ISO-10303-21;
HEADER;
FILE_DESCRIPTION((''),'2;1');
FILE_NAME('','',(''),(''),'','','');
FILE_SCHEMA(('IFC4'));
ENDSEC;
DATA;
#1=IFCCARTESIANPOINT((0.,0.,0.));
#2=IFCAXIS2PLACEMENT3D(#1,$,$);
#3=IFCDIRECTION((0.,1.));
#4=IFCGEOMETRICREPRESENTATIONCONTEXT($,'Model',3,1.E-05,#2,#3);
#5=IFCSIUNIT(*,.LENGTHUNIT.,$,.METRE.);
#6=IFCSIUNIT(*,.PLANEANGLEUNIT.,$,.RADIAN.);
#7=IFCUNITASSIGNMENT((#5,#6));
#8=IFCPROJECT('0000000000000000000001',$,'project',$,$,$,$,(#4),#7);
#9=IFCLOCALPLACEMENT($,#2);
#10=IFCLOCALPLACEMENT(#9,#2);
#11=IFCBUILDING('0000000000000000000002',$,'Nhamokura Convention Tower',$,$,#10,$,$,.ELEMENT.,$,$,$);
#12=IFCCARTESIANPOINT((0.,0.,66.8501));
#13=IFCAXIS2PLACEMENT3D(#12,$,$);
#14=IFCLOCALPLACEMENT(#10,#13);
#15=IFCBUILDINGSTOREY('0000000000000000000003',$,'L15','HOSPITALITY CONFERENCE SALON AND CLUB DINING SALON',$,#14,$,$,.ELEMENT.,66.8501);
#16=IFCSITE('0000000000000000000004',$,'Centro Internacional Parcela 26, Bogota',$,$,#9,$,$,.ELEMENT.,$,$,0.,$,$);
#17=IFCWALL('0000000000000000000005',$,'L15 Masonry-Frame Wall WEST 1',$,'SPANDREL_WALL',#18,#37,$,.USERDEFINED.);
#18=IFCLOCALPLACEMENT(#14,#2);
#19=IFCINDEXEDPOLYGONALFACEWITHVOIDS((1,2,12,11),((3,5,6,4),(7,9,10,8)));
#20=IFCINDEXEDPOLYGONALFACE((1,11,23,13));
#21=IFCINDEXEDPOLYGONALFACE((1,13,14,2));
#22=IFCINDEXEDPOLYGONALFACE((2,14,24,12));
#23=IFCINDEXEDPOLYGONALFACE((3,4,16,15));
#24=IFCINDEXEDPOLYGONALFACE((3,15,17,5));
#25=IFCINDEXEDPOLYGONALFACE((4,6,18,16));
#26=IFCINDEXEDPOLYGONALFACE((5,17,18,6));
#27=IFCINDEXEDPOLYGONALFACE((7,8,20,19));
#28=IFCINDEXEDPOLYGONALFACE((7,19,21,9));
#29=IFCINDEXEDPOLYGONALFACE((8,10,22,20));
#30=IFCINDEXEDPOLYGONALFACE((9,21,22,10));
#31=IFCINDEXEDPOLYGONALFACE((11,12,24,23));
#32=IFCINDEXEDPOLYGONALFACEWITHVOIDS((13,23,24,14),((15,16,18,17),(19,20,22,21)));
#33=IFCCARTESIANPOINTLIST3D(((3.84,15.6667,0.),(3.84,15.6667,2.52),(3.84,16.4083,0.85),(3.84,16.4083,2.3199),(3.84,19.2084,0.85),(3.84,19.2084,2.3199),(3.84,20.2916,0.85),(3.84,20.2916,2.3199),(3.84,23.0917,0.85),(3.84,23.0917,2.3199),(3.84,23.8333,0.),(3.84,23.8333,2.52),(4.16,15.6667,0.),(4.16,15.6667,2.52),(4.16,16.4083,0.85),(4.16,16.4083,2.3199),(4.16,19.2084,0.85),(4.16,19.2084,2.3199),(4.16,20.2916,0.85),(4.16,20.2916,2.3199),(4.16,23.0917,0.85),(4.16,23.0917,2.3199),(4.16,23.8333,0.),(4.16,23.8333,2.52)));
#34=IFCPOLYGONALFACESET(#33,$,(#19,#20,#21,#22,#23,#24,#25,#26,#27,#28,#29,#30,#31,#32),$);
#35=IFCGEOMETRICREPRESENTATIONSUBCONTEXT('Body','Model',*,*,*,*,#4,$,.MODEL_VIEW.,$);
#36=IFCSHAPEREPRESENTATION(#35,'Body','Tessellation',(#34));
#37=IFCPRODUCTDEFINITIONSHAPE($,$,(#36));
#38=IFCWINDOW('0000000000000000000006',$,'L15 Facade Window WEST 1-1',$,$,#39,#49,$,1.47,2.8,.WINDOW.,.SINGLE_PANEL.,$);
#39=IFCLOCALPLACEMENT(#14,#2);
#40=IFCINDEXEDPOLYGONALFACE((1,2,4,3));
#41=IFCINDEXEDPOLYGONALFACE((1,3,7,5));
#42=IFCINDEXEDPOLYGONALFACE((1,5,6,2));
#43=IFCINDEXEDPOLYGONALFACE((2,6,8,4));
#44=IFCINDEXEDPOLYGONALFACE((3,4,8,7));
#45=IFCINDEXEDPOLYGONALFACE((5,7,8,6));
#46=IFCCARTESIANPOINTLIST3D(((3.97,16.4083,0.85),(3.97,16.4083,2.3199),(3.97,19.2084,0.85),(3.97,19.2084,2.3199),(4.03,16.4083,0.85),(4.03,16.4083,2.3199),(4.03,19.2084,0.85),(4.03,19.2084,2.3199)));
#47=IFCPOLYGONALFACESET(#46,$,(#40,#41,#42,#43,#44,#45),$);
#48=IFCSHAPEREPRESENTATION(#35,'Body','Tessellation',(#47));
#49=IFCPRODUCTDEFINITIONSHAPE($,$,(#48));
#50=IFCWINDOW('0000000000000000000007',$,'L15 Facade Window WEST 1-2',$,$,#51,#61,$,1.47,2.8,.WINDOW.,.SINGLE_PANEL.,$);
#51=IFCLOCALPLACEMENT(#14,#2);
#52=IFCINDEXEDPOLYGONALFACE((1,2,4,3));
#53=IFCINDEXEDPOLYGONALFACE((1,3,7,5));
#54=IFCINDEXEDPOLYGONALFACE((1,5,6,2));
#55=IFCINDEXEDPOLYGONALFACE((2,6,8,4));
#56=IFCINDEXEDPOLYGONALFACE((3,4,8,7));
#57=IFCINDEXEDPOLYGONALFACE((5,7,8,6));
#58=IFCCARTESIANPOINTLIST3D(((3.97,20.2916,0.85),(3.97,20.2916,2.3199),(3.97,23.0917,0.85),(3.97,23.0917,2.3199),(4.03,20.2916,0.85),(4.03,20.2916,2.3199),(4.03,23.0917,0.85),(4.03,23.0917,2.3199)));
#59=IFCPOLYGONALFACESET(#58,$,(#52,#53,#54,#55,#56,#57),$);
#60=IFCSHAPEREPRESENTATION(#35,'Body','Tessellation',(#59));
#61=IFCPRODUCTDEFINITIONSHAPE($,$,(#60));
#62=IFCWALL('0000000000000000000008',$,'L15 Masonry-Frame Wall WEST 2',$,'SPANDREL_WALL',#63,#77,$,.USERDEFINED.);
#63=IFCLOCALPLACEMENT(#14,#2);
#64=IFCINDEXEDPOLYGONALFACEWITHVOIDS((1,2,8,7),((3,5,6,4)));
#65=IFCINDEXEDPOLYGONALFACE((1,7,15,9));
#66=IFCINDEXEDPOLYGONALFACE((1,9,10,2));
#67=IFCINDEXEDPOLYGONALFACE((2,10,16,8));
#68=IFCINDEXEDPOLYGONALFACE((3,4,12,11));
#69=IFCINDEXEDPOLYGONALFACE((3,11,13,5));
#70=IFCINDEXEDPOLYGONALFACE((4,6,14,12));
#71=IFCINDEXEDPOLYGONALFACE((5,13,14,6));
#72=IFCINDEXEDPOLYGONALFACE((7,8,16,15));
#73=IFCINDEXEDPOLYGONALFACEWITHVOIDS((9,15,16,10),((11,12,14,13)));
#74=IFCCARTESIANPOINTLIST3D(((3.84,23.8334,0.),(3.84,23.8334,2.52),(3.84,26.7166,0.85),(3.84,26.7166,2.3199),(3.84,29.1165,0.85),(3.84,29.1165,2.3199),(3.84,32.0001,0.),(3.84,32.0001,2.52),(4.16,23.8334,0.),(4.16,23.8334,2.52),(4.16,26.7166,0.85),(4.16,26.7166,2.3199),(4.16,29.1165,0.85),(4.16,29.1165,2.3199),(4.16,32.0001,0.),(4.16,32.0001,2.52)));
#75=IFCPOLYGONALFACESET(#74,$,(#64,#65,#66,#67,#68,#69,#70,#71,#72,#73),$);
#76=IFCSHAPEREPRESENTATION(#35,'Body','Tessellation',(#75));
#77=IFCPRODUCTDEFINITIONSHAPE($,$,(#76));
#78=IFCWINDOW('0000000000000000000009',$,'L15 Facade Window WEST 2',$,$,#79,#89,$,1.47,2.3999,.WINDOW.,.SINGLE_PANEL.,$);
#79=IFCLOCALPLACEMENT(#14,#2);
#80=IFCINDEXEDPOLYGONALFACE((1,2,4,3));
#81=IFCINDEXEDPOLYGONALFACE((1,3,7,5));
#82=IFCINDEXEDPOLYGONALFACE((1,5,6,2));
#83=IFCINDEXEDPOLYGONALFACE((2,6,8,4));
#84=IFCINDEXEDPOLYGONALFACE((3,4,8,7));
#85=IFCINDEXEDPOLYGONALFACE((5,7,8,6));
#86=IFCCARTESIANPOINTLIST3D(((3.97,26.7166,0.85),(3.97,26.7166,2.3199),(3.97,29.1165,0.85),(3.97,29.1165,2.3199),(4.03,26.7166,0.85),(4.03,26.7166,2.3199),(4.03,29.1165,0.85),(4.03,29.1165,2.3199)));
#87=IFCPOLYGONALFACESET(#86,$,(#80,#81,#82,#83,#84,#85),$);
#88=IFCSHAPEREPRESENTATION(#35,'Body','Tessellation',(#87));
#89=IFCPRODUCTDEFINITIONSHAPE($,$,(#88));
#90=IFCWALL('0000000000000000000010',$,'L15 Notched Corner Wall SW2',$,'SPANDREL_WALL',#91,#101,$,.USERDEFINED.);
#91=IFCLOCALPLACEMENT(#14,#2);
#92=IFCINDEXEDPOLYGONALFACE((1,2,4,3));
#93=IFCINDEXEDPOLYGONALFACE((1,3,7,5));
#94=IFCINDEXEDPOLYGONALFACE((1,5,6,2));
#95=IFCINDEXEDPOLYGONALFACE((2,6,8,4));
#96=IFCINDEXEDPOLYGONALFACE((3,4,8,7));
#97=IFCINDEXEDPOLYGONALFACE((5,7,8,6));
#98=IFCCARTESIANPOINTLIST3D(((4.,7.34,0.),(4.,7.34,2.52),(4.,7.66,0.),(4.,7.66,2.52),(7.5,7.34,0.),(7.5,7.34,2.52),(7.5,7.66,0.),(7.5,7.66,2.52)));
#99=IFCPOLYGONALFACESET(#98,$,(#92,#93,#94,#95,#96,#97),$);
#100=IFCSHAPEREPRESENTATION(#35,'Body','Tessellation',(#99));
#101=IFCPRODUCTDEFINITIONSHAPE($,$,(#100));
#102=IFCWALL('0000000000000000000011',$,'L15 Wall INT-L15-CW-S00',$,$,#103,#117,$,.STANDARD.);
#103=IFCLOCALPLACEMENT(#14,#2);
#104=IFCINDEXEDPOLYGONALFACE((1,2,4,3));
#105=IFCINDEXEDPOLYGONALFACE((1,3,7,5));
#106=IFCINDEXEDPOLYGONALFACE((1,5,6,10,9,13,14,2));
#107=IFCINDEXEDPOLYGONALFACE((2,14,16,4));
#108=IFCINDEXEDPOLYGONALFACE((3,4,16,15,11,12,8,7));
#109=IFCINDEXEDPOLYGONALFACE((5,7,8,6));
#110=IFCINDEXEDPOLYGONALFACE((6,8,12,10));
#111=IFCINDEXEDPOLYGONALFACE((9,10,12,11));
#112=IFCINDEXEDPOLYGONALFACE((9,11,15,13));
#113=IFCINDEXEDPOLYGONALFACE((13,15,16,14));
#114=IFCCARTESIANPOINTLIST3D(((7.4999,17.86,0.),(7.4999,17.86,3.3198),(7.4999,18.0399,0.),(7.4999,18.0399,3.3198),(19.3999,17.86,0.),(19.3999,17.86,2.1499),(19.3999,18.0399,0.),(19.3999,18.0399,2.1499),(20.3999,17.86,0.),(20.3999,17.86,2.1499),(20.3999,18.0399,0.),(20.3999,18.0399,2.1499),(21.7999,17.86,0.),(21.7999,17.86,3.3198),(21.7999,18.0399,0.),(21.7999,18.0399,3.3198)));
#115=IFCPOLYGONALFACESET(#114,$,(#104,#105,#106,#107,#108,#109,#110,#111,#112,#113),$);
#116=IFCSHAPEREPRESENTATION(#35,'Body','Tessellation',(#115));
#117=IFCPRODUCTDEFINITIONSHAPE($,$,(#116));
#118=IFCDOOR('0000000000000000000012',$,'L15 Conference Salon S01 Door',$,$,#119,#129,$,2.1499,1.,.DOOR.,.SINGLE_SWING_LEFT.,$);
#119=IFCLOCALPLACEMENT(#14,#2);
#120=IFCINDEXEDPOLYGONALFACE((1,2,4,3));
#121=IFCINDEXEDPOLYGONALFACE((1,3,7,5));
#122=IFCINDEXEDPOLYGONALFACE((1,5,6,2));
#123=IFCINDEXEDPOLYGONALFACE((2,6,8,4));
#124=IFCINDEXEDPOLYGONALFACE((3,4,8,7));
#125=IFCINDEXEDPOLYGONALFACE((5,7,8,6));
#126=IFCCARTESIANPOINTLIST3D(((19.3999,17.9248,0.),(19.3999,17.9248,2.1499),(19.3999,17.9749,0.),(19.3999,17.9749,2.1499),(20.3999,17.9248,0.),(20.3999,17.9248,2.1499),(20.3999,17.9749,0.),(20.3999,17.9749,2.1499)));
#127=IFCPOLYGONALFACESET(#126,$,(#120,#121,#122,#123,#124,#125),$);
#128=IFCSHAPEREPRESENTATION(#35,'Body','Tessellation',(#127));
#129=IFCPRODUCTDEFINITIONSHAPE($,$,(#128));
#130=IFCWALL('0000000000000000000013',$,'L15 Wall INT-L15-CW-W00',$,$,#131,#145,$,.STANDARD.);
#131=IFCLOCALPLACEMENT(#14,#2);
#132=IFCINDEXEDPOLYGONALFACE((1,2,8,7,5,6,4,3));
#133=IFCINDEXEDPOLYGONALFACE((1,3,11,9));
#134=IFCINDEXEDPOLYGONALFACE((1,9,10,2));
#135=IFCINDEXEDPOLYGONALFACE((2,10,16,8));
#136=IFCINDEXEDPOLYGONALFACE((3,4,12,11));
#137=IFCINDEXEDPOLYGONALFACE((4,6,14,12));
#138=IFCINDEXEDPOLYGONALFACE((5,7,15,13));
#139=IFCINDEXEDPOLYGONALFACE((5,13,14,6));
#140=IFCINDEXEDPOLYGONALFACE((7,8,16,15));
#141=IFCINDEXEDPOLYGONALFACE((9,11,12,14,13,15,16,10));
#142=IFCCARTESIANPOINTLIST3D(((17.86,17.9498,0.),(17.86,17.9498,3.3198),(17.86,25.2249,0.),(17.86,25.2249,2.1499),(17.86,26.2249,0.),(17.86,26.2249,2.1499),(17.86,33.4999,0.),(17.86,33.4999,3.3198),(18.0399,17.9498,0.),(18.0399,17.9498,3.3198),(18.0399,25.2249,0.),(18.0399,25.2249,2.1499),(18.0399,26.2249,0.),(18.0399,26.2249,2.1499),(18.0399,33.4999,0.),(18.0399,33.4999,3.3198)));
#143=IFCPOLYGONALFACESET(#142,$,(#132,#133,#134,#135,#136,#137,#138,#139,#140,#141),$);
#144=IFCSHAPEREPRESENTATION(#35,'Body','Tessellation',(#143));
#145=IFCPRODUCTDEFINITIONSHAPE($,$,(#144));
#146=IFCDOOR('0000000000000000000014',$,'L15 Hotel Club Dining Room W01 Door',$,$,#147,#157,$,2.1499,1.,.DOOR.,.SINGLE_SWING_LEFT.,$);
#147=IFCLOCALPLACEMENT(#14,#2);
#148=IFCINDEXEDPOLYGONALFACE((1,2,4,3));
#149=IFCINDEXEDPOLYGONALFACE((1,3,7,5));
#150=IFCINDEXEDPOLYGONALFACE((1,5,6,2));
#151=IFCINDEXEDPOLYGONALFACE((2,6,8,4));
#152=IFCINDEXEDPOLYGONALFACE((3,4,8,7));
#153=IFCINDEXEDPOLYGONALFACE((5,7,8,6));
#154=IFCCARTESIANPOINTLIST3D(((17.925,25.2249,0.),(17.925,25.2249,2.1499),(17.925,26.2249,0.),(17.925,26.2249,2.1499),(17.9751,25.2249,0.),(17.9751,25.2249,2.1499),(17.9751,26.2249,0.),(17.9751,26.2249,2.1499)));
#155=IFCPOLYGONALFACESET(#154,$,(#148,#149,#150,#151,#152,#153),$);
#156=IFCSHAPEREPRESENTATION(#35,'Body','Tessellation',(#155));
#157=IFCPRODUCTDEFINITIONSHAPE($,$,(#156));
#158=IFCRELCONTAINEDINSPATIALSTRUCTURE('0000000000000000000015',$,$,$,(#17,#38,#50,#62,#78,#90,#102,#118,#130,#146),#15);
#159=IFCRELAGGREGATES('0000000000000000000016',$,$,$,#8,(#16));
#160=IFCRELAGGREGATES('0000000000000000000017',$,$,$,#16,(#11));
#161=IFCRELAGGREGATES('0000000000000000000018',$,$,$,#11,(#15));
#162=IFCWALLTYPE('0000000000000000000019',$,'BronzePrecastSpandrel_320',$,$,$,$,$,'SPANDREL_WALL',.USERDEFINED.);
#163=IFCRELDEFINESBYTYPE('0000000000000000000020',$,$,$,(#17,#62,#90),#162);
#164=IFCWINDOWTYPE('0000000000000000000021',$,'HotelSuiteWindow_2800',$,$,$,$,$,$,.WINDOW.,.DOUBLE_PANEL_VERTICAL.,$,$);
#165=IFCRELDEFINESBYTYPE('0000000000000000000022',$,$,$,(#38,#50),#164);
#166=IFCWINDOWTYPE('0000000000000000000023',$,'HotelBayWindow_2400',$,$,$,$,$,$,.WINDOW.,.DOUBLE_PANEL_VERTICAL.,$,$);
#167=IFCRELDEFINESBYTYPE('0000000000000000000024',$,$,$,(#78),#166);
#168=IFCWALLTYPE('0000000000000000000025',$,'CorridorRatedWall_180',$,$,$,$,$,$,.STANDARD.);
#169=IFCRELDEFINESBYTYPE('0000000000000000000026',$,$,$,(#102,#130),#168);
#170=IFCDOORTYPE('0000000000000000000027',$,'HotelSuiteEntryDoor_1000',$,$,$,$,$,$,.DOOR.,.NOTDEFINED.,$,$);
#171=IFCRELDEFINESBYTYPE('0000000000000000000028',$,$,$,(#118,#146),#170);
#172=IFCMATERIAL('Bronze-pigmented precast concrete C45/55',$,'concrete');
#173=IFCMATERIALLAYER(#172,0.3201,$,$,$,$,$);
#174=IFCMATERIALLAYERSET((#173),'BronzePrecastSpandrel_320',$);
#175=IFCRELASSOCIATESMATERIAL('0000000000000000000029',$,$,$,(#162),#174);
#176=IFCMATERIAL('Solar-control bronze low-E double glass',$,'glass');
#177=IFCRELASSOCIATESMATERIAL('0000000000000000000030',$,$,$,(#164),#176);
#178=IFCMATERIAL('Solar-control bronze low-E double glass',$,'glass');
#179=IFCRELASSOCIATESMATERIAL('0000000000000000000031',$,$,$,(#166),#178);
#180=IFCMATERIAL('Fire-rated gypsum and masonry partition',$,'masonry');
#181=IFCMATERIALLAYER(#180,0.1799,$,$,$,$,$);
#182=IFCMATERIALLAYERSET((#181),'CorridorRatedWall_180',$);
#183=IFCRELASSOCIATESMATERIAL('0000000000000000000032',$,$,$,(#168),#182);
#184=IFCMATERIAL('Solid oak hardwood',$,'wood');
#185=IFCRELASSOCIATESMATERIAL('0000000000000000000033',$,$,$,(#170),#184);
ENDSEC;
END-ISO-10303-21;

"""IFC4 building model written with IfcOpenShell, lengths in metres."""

from ifc_helpers import new_model, si_unit, direction, frame, frame_2d, origin, place, context, subcontext, project, spatial, rectangle, extrude, material, layer, layer_set, type_object, element, fill, save


model = new_model("IFC4")

# Units and contexts
model_context = context("Model", 3, precision=1e-05, world=origin(), true_north=direction((0.0, 1.0)))
body_context = subcontext(model_context, "Body", "Model", "MODEL_VIEW")
ifc_project = project(units=[si_unit("LENGTHUNIT", "METRE"), si_unit("PLANEANGLEUNIT", "RADIAN")], contexts=[model_context])

# Site, building, storey
site_placement = place(None, origin())
site = spatial("IfcSite", under=ifc_project, at=site_placement, Name="Centro Internacional Parcela 26, Bogota", CompositionType="ELEMENT", RefElevation=0.0)
building_placement = place(site_placement, origin())
building = spatial("IfcBuilding", under=site, at=building_placement, Name="Nhamokura Convention Tower", CompositionType="ELEMENT")
storey_placement = place(building_placement, frame((0.0, 0.0, 66.8501)))
storey = spatial("IfcBuildingStorey", under=building, at=storey_placement, Name="L15", Description="HOSPITALITY CONFERENCE SALON AND CLUB DINING SALON", CompositionType="ELEMENT", Elevation=66.8501)

# Wall, openings, windows
ifc_material_1 = material(Name="Bronze-pigmented precast concrete C45/55", Category="concrete")
ifc_layer_1 = layer(ifc_material_1, 0.3201)
ifc_layer_set_1 = layer_set([ifc_layer_1], Name="BronzePrecastSpandrel_320")
wall_type_1 = type_object("IfcWallType", Name="BronzePrecastSpandrel_320", ElementType="SPANDREL_WALL", PredefinedType="USERDEFINED", material=ifc_layer_set_1)
wall_1_placement = place(storey_placement, frame((4.0, 15.6667, 0.0), z_axis=(0.0, 0.0, 1.0), x_axis=(0.0, 1.0, 0.0)))
wall_1 = element("IfcWall", 1, at=wall_1_placement, inside=storey, type_object=wall_type_1, Name="L15 Masonry-Frame Wall WEST 1", ObjectType="SPANDREL_WALL", PredefinedType="USERDEFINED", context=body_context, shape_type="SweptSolid", body=[
    extrude(rectangle(XDim=8.1665, YDim=0.3201, at=frame_2d((4.0833, 0.0))), origin(), (0.0, 0.0, 1.0), 2.52),
])
opening_1_placement = place(wall_1_placement, frame((0.7417, 0.0, 0.8501)))
opening_1 = element("IfcOpeningElement", 2, at=opening_1_placement, cuts=wall_1, PredefinedType="OPENING", context=body_context, shape_type="SweptSolid", body=[
    extrude(rectangle(XDim=2.8, YDim=1.47, at=frame_2d((1.3999, 0.7349))), frame((0.0, 0.1699, 0.0), z_axis=(0.0, -1.0, 0.0), x_axis=(1.0, 0.0, 0.0)), (0.0, 0.0, 1.0), 0.3401),
])
opening_2_placement = place(wall_1_placement, frame((4.625, 0.0, 0.8501)))
opening_2 = element("IfcOpeningElement", 3, at=opening_2_placement, cuts=wall_1, PredefinedType="OPENING", context=body_context, shape_type="SweptSolid", body=[
    extrude(rectangle(XDim=2.8, YDim=1.47, at=frame_2d((1.3999, 0.7349))), frame((0.0, 0.1699, 0.0), z_axis=(0.0, -1.0, 0.0), x_axis=(1.0, 0.0, 0.0)), (0.0, 0.0, 1.0), 0.3401),
])
ifc_material_2 = material(Name="Solar-control bronze low-E double glass", Category="glass")
window_type_1 = type_object("IfcWindowType", Name="HotelSuiteWindow_2800", PartitioningType="DOUBLE_PANEL_VERTICAL", PredefinedType="WINDOW", material=ifc_material_2)
window_1_placement = place(opening_1_placement, origin())
window_1 = element("IfcWindow", 4, at=window_1_placement, inside=storey, type_object=window_type_1, Name="L15 Facade Window WEST 1-1", OverallHeight=1.47, OverallWidth=2.8, PartitioningType="SINGLE_PANEL", PredefinedType="WINDOW", context=body_context, shape_type="SweptSolid", body=[
    extrude(rectangle(XDim=2.8, YDim=1.47, at=frame_2d((1.3999, 0.7349))), frame((0.0, 0.03, 0.0), z_axis=(0.0, -1.0, 0.0), x_axis=(1.0, 0.0, 0.0)), (0.0, 0.0, 1.0), 0.0601),
])
fill(opening_1, window_1)
window_2_placement = place(opening_2_placement, origin())
window_2 = element("IfcWindow", 5, at=window_2_placement, inside=storey, type_object=window_type_1, Name="L15 Facade Window WEST 1-2", OverallHeight=1.47, OverallWidth=2.8, PartitioningType="SINGLE_PANEL", PredefinedType="WINDOW", context=body_context, shape_type="SweptSolid", body=[
    extrude(rectangle(XDim=2.8, YDim=1.47, at=frame_2d((1.3999, 0.7349))), frame((0.0, 0.03, 0.0), z_axis=(0.0, -1.0, 0.0), x_axis=(1.0, 0.0, 0.0)), (0.0, 0.0, 1.0), 0.0601),
])
fill(opening_2, window_2)

# Wall, opening, window
wall_2_placement = place(storey_placement, frame((4.0, 23.8333, 0.0), z_axis=(0.0, 0.0, 1.0), x_axis=(0.0, 1.0, 0.0)))
wall_2 = element("IfcWall", 6, at=wall_2_placement, inside=storey, type_object=wall_type_1, Name="L15 Masonry-Frame Wall WEST 2", ObjectType="SPANDREL_WALL", PredefinedType="USERDEFINED", context=body_context, shape_type="SweptSolid", body=[
    extrude(rectangle(XDim=8.1667, YDim=0.3201, at=frame_2d((4.0835, 0.0))), origin(), (0.0, 0.0, 1.0), 2.52),
])
opening_3_placement = place(wall_2_placement, frame((2.8833, 0.0, 0.8501)))
opening_3 = element("IfcOpeningElement", 7, at=opening_3_placement, cuts=wall_2, PredefinedType="OPENING", context=body_context, shape_type="SweptSolid", body=[
    extrude(rectangle(XDim=2.3999, YDim=1.47, at=frame_2d((1.2, 0.7349))), frame((0.0, 0.1699, 0.0), z_axis=(0.0, -1.0, 0.0), x_axis=(1.0, 0.0, 0.0)), (0.0, 0.0, 1.0), 0.3401),
])
ifc_material_3 = material(Name="Solar-control bronze low-E double glass", Category="glass")
window_type_2 = type_object("IfcWindowType", Name="HotelBayWindow_2400", PartitioningType="DOUBLE_PANEL_VERTICAL", PredefinedType="WINDOW", material=ifc_material_3)
window_3_placement = place(opening_3_placement, origin())
window_3 = element("IfcWindow", 8, at=window_3_placement, inside=storey, type_object=window_type_2, Name="L15 Facade Window WEST 2", OverallHeight=1.47, OverallWidth=2.3999, PartitioningType="SINGLE_PANEL", PredefinedType="WINDOW", context=body_context, shape_type="SweptSolid", body=[
    extrude(rectangle(XDim=2.3999, YDim=1.47, at=frame_2d((1.2, 0.7349))), frame((0.0, 0.03, 0.0), z_axis=(0.0, -1.0, 0.0), x_axis=(1.0, 0.0, 0.0)), (0.0, 0.0, 1.0), 0.0601),
])
fill(opening_3, window_3)

# Wall
wall_3_placement = place(storey_placement, frame((7.5, 7.5, 0.0), z_axis=(0.0, 0.0, 1.0), x_axis=(-1.0, 0.0, 0.0)))
element("IfcWall", 9, at=wall_3_placement, inside=storey, type_object=wall_type_1, Name="L15 Notched Corner Wall SW2", ObjectType="SPANDREL_WALL", PredefinedType="USERDEFINED", context=body_context, shape_type="SweptSolid", body=[
    extrude(rectangle(XDim=3.5, YDim=0.3201, at=frame_2d((1.75, 0.0))), origin(), (0.0, 0.0, 1.0), 2.52),
])

# Walls, openings, doors
ifc_material_4 = material(Name="Fire-rated gypsum and masonry partition", Category="masonry")
ifc_layer_2 = layer(ifc_material_4, 0.1799)
ifc_layer_set_2 = layer_set([ifc_layer_2], Name="CorridorRatedWall_180")
wall_type_2 = type_object("IfcWallType", Name="CorridorRatedWall_180", PredefinedType="STANDARD", material=ifc_layer_set_2)
wall_4_placement = place(storey_placement, frame((7.5, 17.95, 0.0), z_axis=(0.0, 0.0, 1.0), x_axis=(1.0, 0.0, 0.0)))
wall_4 = element("IfcWall", 10, at=wall_4_placement, inside=storey, type_object=wall_type_2, Name="L15 Wall INT-L15-CW-S00", PredefinedType="STANDARD", context=body_context, shape_type="SweptSolid", body=[
    extrude(rectangle(XDim=14.3, YDim=0.1799, at=frame_2d((7.1499, 0.0))), origin(), (0.0, 0.0, 1.0), 3.3198),
])
opening_4_placement = place(wall_4_placement, frame((11.8999, 0.0, 0.0)))
opening_4 = element("IfcOpeningElement", 11, at=opening_4_placement, cuts=wall_4, PredefinedType="OPENING", context=body_context, shape_type="SweptSolid", body=[
    extrude(rectangle(XDim=1.0, YDim=2.1499, at=frame_2d((0.5, 1.075))), frame((0.0, 0.0999, 0.0), z_axis=(0.0, -1.0, 0.0), x_axis=(1.0, 0.0, 0.0)), (0.0, 0.0, 1.0), 0.2),
])
ifc_material_5 = material(Name="Solid oak hardwood", Category="wood")
door_type = type_object("IfcDoorType", Name="HotelSuiteEntryDoor_1000", OperationType="NOTDEFINED", PredefinedType="DOOR", material=ifc_material_5)
door_1_placement = place(opening_4_placement, origin())
door_1 = element("IfcDoor", 12, at=door_1_placement, inside=storey, type_object=door_type, Name="L15 Conference Salon S01 Door", OperationType="SINGLE_SWING_LEFT", OverallHeight=2.1499, OverallWidth=1.0, PredefinedType="DOOR", context=body_context, shape_type="SweptSolid", body=[
    extrude(rectangle(XDim=1.0, YDim=2.1499, at=frame_2d((0.5, 1.075))), frame((0.0, 0.0249, 0.0), z_axis=(0.0, -1.0, 0.0), x_axis=(1.0, 0.0, 0.0)), (0.0, 0.0, 1.0), 0.05),
])
fill(opening_4, door_1)
wall_5_placement = place(storey_placement, frame((17.95, 17.95, 0.0), z_axis=(0.0, 0.0, 1.0), x_axis=(0.0, 1.0, 0.0)))
wall_5 = element("IfcWall", 13, at=wall_5_placement, inside=storey, type_object=wall_type_2, Name="L15 Wall INT-L15-CW-W00", PredefinedType="STANDARD", context=body_context, shape_type="SweptSolid", body=[
    extrude(rectangle(XDim=15.55, YDim=0.1799, at=frame_2d((7.7749, 0.0))), origin(), (0.0, 0.0, 1.0), 3.3198),
])
opening_5_placement = place(wall_5_placement, frame((7.2749, 0.0, 0.0)))
opening_5 = element("IfcOpeningElement", 14, at=opening_5_placement, cuts=wall_5, PredefinedType="OPENING", context=body_context, shape_type="SweptSolid", body=[
    extrude(rectangle(XDim=1.0, YDim=2.1499, at=frame_2d((0.5, 1.075))), frame((0.0, 0.0999, 0.0), z_axis=(0.0, -1.0, 0.0), x_axis=(1.0, 0.0, 0.0)), (0.0, 0.0, 1.0), 0.2),
])
door_2_placement = place(opening_5_placement, origin())
door_2 = element("IfcDoor", 15, at=door_2_placement, inside=storey, type_object=door_type, Name="L15 Hotel Club Dining Room W01 Door", OperationType="SINGLE_SWING_LEFT", OverallHeight=2.1499, OverallWidth=1.0, PredefinedType="DOOR", context=body_context, shape_type="SweptSolid", body=[
    extrude(rectangle(XDim=1.0, YDim=2.1499, at=frame_2d((0.5, 1.075))), frame((0.0, 0.0249, 0.0), z_axis=(0.0, -1.0, 0.0), x_axis=(1.0, 0.0, 0.0)), (0.0, 0.0, 1.0), 0.05),
])
fill(opening_5, door_2)

save(model, "model.ifc")
